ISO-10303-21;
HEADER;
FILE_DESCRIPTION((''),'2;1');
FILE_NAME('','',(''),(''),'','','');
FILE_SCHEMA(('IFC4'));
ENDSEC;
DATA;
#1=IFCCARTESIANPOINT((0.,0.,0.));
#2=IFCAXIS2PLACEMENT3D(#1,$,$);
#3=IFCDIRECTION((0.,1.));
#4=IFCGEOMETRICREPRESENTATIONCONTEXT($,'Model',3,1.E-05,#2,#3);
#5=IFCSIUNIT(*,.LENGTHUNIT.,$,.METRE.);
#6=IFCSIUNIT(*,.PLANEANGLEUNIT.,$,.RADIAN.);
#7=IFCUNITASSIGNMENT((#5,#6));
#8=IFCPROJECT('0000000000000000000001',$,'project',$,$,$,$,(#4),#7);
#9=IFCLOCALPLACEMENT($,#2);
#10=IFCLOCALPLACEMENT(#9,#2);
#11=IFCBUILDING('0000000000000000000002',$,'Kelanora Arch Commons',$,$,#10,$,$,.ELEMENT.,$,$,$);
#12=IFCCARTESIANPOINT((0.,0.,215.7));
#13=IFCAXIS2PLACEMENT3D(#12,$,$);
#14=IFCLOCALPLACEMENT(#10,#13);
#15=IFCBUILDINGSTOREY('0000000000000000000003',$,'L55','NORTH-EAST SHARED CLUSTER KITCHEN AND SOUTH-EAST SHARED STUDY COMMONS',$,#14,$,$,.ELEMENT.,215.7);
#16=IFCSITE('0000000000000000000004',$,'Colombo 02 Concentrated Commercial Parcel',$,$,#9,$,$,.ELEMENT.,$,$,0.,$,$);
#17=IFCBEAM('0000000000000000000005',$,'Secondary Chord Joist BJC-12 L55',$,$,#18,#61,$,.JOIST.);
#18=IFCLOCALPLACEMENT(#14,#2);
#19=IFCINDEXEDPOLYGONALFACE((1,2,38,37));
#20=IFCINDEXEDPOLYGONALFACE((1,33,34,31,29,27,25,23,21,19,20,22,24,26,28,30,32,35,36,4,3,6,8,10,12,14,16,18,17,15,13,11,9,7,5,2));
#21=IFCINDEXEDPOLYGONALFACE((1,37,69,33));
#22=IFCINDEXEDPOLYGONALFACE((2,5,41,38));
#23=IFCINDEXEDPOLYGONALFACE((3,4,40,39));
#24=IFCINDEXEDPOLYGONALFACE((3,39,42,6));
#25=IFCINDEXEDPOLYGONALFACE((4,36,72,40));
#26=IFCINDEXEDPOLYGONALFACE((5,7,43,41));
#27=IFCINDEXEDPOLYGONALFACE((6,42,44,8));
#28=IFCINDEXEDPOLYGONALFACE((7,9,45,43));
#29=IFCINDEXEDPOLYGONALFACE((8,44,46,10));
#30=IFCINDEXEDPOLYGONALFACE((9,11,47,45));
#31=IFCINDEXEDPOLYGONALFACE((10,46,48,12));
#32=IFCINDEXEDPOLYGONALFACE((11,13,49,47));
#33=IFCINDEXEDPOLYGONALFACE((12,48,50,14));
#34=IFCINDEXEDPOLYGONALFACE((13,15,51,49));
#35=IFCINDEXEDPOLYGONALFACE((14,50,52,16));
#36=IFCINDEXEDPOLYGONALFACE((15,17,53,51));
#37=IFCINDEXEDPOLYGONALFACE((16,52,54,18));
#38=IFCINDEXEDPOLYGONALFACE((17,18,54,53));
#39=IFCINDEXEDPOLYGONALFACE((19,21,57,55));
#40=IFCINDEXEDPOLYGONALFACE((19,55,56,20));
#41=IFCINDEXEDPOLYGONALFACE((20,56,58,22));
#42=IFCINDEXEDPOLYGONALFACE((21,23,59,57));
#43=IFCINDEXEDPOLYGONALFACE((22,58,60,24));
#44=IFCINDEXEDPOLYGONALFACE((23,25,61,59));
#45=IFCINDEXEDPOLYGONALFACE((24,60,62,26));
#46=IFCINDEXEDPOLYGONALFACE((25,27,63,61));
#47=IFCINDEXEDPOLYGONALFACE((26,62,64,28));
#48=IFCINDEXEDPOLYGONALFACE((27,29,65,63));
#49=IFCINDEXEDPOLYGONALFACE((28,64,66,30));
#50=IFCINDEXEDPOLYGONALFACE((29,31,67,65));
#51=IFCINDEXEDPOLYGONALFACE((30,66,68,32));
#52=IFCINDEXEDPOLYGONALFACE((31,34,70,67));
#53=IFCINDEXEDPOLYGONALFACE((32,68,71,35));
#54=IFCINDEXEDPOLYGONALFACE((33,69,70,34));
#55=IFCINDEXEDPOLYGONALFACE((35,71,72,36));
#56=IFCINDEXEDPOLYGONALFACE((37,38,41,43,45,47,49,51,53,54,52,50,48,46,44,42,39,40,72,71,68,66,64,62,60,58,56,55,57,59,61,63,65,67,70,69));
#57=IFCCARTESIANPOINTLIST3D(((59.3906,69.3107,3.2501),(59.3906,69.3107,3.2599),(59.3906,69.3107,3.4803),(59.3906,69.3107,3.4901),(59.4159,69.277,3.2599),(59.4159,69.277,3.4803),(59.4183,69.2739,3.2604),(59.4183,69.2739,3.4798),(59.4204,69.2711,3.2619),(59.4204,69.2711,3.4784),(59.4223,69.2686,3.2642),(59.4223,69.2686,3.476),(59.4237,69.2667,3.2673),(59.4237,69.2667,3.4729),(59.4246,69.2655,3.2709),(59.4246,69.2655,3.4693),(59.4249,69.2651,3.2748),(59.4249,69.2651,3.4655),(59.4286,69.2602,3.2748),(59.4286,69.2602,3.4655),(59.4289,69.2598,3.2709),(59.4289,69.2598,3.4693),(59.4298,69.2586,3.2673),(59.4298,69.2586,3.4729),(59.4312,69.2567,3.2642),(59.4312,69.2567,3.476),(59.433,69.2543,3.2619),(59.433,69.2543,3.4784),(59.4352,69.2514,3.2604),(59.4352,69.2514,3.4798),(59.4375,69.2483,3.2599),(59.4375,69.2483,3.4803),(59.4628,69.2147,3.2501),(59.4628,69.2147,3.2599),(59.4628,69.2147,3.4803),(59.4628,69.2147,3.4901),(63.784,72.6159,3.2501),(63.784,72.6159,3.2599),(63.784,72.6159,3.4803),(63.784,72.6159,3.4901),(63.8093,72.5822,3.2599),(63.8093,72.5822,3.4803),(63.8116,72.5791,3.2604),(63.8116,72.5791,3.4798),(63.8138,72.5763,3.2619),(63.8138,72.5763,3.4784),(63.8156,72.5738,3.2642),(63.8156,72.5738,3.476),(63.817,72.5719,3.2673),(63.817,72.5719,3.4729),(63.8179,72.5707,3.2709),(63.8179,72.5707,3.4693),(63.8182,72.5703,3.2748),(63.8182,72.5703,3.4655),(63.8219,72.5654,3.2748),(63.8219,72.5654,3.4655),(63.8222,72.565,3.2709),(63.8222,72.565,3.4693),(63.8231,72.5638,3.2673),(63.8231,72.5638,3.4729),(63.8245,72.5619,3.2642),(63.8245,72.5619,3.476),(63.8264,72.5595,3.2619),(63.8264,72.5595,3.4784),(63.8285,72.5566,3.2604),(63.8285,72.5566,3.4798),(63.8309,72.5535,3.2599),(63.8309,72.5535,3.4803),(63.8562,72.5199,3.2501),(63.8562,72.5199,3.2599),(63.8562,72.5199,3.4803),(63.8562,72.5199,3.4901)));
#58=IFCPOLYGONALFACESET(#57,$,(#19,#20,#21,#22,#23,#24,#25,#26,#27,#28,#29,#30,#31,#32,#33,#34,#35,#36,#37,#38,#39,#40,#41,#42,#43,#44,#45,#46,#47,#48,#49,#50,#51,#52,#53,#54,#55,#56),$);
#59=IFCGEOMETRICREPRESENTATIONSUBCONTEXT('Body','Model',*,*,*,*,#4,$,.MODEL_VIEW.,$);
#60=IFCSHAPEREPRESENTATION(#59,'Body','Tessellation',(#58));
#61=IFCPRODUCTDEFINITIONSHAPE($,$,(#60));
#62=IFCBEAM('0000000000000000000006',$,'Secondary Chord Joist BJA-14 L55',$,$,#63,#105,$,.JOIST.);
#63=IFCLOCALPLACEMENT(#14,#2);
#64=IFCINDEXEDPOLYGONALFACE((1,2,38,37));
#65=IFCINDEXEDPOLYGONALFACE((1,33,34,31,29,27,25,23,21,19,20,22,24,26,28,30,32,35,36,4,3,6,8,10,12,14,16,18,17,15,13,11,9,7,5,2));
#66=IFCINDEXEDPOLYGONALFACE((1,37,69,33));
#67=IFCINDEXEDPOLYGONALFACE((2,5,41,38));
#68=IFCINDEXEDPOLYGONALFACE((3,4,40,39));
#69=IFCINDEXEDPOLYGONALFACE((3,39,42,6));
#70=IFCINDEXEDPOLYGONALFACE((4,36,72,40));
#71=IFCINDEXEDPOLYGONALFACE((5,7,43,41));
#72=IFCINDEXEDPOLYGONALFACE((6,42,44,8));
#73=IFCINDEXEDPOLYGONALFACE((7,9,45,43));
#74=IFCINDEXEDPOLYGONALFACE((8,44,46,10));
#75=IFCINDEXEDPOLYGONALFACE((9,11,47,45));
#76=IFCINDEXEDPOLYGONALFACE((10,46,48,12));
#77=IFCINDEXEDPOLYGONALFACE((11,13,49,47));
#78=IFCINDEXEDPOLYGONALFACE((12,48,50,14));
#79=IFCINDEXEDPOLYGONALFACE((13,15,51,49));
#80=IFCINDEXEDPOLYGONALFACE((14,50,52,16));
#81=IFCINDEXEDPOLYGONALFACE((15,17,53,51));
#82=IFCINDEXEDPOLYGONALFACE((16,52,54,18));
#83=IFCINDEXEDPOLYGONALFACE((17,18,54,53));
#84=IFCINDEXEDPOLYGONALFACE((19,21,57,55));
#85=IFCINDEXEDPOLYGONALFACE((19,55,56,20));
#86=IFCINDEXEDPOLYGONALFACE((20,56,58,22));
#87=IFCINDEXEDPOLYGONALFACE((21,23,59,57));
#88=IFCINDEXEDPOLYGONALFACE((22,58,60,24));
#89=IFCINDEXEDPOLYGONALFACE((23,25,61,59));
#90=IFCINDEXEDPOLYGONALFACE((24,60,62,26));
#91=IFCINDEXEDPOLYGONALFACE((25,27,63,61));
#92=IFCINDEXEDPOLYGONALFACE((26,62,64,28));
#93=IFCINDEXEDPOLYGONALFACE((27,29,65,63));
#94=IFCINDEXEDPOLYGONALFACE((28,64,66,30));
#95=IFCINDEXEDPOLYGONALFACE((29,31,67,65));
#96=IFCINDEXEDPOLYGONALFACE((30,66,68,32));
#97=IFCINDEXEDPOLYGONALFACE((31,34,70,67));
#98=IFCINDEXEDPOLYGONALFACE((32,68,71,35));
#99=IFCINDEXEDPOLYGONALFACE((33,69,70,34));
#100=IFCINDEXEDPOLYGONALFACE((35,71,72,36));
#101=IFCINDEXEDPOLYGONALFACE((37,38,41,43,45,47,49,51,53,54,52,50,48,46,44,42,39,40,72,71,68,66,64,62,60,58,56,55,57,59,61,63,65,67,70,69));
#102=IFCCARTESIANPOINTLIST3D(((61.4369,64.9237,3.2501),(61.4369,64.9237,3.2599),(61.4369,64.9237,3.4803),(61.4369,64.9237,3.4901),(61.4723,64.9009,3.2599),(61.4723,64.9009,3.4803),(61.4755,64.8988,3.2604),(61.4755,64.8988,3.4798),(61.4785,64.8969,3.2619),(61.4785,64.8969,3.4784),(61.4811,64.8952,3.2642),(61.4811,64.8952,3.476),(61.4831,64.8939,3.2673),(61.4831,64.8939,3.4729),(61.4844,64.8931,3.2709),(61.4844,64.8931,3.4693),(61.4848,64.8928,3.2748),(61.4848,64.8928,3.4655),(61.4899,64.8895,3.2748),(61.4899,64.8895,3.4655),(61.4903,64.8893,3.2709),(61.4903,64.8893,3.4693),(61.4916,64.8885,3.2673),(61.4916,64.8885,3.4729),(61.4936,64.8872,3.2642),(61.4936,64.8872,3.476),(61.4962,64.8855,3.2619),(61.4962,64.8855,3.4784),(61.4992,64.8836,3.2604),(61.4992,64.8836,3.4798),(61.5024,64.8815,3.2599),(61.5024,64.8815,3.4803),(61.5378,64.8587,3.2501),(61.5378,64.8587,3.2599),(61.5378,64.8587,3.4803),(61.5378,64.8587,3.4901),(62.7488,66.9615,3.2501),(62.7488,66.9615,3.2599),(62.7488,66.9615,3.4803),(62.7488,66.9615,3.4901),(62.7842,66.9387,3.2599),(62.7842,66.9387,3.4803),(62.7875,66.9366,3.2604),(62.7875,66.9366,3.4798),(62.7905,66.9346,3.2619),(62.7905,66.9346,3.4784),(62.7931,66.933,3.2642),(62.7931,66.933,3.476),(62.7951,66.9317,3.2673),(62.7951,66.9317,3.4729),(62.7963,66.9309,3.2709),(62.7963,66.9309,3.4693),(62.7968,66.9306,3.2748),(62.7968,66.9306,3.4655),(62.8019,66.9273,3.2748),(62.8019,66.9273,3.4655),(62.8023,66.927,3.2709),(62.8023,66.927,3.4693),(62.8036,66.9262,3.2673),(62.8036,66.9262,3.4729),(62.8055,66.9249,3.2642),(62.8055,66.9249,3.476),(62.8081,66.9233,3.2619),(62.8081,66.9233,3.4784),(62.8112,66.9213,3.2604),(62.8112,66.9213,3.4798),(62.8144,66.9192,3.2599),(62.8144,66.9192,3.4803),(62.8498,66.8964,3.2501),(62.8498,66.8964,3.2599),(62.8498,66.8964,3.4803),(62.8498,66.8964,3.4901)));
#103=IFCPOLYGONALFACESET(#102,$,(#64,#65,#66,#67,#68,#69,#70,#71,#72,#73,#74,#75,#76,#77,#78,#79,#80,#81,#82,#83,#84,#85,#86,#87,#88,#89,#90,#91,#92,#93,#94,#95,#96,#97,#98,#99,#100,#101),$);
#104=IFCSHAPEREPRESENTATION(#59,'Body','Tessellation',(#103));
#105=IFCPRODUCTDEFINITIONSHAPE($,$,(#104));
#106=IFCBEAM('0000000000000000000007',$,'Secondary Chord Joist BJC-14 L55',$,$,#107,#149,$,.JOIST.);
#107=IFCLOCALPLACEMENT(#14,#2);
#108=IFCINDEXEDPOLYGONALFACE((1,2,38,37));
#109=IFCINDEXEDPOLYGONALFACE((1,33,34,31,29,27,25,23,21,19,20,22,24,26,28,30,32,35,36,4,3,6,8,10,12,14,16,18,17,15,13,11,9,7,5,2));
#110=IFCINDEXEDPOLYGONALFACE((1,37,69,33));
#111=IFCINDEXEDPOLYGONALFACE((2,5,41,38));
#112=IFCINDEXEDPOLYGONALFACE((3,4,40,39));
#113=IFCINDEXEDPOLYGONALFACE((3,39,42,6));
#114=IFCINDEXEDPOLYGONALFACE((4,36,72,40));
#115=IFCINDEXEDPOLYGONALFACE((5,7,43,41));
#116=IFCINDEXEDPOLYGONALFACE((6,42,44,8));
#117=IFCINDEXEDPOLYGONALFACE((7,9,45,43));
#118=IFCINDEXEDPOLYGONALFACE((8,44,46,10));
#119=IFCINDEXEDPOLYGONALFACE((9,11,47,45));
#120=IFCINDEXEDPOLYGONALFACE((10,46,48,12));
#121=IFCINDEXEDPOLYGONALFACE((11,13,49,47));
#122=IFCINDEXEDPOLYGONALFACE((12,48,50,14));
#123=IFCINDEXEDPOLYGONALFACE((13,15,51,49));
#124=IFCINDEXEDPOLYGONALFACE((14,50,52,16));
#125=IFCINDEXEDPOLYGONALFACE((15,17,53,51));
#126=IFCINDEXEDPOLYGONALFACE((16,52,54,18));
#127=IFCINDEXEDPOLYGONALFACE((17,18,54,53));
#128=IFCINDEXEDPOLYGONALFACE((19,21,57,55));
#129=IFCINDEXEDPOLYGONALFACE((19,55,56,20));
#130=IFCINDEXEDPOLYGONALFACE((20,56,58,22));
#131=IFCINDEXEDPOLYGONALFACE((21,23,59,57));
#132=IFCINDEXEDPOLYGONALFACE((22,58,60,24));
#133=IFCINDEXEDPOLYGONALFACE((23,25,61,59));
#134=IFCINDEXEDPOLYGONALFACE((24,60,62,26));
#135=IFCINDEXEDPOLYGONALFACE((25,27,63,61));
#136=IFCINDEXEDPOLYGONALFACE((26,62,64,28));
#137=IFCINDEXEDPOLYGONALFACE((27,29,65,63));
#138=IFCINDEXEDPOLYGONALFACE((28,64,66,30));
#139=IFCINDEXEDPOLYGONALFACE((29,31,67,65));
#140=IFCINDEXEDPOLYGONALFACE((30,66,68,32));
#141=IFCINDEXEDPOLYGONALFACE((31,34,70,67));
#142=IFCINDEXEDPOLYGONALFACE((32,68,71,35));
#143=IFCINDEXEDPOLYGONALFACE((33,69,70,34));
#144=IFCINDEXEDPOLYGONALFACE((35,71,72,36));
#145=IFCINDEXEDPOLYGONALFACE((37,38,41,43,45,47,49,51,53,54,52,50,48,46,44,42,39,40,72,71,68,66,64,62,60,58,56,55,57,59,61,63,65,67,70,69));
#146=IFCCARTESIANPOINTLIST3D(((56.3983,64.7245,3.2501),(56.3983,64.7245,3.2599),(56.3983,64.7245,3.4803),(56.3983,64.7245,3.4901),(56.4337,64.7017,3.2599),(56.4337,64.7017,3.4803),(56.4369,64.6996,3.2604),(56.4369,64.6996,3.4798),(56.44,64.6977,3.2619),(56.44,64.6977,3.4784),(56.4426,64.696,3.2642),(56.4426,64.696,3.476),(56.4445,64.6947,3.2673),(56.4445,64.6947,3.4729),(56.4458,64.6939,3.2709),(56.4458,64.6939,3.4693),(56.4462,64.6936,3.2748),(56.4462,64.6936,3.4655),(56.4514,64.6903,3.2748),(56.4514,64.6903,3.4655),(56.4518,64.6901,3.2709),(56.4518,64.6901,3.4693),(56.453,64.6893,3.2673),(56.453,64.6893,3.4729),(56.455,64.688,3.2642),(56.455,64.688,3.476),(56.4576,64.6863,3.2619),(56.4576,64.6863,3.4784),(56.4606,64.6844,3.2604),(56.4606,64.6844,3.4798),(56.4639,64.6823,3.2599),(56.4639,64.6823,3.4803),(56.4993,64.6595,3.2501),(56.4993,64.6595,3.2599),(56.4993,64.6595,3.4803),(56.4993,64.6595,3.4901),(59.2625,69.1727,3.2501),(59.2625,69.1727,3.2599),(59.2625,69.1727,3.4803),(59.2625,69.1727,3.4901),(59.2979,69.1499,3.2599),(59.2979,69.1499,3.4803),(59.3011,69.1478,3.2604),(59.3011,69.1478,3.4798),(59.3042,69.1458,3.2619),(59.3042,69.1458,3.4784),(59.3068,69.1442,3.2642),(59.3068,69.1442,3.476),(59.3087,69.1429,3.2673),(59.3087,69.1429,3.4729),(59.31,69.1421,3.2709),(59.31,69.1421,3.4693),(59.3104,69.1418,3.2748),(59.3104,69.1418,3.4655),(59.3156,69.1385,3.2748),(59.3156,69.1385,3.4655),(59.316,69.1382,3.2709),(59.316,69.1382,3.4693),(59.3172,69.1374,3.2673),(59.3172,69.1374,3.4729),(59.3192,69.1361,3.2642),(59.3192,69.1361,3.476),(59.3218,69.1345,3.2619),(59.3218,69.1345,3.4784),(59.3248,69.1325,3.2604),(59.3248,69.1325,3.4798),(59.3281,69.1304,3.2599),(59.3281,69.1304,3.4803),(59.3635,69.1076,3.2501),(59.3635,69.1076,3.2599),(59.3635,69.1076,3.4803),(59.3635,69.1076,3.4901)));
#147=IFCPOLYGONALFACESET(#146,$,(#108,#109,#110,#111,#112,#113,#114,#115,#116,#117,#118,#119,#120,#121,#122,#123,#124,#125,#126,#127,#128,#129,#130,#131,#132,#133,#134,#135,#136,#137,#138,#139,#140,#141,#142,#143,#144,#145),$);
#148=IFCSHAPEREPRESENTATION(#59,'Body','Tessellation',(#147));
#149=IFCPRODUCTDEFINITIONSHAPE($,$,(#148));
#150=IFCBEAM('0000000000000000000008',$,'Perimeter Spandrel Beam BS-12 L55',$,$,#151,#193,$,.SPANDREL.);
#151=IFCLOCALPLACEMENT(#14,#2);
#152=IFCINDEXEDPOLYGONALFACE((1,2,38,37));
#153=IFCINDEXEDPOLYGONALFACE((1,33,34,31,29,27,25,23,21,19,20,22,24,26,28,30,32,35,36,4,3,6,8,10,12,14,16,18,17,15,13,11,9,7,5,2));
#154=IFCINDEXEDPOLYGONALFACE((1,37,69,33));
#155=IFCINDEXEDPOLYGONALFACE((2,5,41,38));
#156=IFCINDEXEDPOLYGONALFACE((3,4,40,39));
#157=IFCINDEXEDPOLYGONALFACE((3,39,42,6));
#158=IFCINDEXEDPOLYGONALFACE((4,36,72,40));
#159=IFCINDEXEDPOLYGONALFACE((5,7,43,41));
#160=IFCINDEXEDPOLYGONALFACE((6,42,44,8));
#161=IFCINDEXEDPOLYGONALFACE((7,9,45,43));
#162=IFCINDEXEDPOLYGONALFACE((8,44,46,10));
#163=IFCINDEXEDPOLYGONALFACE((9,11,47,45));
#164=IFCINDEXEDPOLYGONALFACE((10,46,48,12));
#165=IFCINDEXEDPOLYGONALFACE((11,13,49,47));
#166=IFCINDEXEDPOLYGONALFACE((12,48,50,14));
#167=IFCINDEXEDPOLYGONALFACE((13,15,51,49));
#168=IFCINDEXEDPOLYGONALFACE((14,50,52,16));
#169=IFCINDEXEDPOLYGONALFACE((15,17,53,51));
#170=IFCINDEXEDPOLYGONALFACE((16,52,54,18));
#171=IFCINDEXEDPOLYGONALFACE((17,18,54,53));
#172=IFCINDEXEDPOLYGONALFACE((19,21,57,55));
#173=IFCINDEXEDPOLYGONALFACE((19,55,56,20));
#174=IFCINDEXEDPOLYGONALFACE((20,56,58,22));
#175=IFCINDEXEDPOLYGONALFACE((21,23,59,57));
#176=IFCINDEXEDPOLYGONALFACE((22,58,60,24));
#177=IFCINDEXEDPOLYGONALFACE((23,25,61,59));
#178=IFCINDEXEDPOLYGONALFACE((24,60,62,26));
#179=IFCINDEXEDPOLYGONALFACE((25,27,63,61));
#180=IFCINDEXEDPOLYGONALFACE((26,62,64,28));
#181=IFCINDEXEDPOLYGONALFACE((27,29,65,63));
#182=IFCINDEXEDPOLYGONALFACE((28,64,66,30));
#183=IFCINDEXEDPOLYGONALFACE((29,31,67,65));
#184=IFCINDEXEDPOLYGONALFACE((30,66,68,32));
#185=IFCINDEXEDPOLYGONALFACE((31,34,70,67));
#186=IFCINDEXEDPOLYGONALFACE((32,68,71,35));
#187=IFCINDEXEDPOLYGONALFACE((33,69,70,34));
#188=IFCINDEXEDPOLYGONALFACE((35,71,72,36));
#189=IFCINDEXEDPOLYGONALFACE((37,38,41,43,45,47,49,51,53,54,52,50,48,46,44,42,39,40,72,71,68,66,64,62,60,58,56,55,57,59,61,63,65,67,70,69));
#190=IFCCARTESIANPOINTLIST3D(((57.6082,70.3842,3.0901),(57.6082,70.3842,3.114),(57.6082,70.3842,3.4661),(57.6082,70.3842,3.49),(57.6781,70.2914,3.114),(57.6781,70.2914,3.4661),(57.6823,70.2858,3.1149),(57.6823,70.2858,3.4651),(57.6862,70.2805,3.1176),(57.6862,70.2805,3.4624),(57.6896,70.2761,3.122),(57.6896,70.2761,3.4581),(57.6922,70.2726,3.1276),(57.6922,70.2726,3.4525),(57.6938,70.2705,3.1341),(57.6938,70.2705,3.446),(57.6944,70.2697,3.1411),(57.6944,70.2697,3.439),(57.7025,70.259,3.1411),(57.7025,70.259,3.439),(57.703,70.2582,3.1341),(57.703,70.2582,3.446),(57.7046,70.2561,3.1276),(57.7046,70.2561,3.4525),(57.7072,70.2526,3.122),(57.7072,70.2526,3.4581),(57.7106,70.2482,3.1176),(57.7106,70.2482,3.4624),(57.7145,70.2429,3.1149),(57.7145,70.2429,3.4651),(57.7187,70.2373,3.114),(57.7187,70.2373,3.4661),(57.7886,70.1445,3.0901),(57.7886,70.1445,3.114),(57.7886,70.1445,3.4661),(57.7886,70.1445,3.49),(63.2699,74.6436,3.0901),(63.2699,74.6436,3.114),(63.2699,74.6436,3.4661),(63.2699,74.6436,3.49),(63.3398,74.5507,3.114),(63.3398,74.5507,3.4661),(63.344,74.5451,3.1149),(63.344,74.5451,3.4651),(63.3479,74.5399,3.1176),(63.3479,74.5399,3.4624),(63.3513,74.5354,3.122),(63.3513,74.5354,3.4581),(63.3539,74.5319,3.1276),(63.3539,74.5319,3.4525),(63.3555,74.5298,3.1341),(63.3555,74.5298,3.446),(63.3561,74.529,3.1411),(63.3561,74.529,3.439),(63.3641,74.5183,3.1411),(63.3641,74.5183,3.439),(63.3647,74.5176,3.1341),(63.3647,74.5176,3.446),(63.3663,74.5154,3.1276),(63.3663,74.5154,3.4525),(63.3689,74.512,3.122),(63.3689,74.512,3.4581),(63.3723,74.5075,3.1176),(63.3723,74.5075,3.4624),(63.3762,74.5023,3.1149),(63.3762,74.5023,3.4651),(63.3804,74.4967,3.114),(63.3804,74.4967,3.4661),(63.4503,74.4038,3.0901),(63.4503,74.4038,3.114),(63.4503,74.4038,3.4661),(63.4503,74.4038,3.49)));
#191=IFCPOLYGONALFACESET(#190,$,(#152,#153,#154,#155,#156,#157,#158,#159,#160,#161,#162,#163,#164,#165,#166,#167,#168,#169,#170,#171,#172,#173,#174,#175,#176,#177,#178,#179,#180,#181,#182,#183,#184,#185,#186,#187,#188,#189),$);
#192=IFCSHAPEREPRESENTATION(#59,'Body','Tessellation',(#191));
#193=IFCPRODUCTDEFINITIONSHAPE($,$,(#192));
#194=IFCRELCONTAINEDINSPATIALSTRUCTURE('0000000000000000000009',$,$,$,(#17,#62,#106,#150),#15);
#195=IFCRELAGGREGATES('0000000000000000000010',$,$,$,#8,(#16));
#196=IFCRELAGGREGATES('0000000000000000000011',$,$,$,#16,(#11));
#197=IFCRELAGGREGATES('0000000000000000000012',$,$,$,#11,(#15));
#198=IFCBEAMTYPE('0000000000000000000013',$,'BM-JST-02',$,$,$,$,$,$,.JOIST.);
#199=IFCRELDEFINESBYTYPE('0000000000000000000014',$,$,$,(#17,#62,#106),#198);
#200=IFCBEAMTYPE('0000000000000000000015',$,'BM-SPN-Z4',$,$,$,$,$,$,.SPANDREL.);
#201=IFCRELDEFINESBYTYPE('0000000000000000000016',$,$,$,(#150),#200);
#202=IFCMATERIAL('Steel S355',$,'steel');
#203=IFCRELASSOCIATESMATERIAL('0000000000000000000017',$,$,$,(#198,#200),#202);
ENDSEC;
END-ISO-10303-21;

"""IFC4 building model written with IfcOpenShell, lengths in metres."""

from ifc_helpers import new_model, si_unit, direction, frame, origin, origin_2d, place, context, subcontext, project, spatial, i_section, extrude, material, material_profile, profile_set, type_object, element, save


model = new_model("IFC4")

# Units and contexts
model_context = context("Model", 3, precision=1e-05, world=origin(), true_north=direction((0.0, 1.0)))
body_context = subcontext(model_context, "Body", "Model", "MODEL_VIEW")
ifc_project = project(units=[si_unit("LENGTHUNIT", "METRE"), si_unit("PLANEANGLEUNIT", "RADIAN")], contexts=[model_context])

# Site, building, storey
site_placement = place(None, origin())
site = spatial("IfcSite", under=ifc_project, at=site_placement, Name="Colombo 02 Concentrated Commercial Parcel", CompositionType="ELEMENT", RefElevation=0.0)
building_placement = place(site_placement, origin())
building = spatial("IfcBuilding", under=site, at=building_placement, Name="Kelanora Arch Commons", CompositionType="ELEMENT")
storey_placement = place(building_placement, frame((0.0, 0.0, 215.7)))
storey = spatial("IfcBuildingStorey", under=building, at=storey_placement, Name="L55", Description="NORTH-EAST SHARED CLUSTER KITCHEN AND SOUTH-EAST SHARED STUDY COMMONS", CompositionType="ELEMENT", Elevation=215.7)

# Beams
ifc_material_1 = material(Name="Steel S355", Category="steel")
ifc_material_profile_1 = material_profile(ifc_material_1, i_section(OverallWidth=0.1201, OverallDepth=0.24, WebThickness=0.0061, FlangeThickness=0.0098, FilletRadius=0.0149, at=origin_2d()), Name="IPE240")
ifc_profile_set_1 = profile_set([ifc_material_profile_1], Name="Steel S355")
beam_type_1 = type_object("IfcBeamType", Name="BM-JST-02", PredefinedType="JOIST", material=ifc_profile_set_1)
beam_1_placement = place(storey_placement, frame((63.8201, 72.5679, 3.3701), z_axis=(-0.799109, -0.601186, 0.0), x_axis=(0.601186, -0.799109, 0.0)))
element("IfcBeam", 1, at=beam_1_placement, inside=storey, type_object=beam_type_1, Name="Secondary Chord Joist BJC-12 L55", PredefinedType="JOIST", context=body_context, shape_type="SweptSolid", body=[
    extrude(i_section(OverallWidth=0.1201, OverallDepth=0.24, WebThickness=0.0061, FlangeThickness=0.0098, FilletRadius=0.0149, at=origin_2d()), origin(), (0.0, 0.0, 1.0), 5.4978),
])
beam_2_placement = place(storey_placement, frame((62.7993, 66.929, 3.3701), z_axis=(-0.541333, -0.840808, 0.0), x_axis=(0.840808, -0.541333, 0.0)))
element("IfcBeam", 2, at=beam_2_placement, inside=storey, type_object=beam_type_1, Name="Secondary Chord Joist BJA-14 L55", PredefinedType="JOIST", context=body_context, shape_type="SweptSolid", body=[
    extrude(i_section(OverallWidth=0.1201, OverallDepth=0.24, WebThickness=0.0061, FlangeThickness=0.0098, FilletRadius=0.0149, at=origin_2d()), origin(), (0.0, 0.0, 1.0), 2.4236),
])
beam_3_placement = place(storey_placement, frame((59.313, 69.1401, 3.3701), z_axis=(-0.541382, -0.840776, 0.0), x_axis=(0.840776, -0.541382, 0.0)))
element("IfcBeam", 3, at=beam_3_placement, inside=storey, type_object=beam_type_1, Name="Secondary Chord Joist BJC-14 L55", PredefinedType="JOIST", context=body_context, shape_type="SweptSolid", body=[
    extrude(i_section(OverallWidth=0.1201, OverallDepth=0.24, WebThickness=0.0061, FlangeThickness=0.0098, FilletRadius=0.0149, at=origin_2d()), origin(), (0.0, 0.0, 1.0), 5.2905),
])
ifc_material_profile_2 = material_profile(ifc_material_1, i_section(OverallWidth=0.3, OverallDepth=0.3999, WebThickness=0.0134, FlangeThickness=0.0239, FilletRadius=0.0271, at=origin_2d()), Name="HEB400")
ifc_profile_set_2 = profile_set([ifc_material_profile_2], Name="Steel S355")
beam_type_2 = type_object("IfcBeamType", Name="BM-SPN-Z4", PredefinedType="SPANDREL", material=ifc_profile_set_2)
beam_4_placement = place(storey_placement, frame((63.3601, 74.5237, 3.29), z_axis=(-0.799114, -0.601179, 0.0), x_axis=(0.601179, -0.799114, 0.0)))
element("IfcBeam", 4, at=beam_4_placement, inside=storey, type_object=beam_type_2, Name="Perimeter Spandrel Beam BS-12 L55", PredefinedType="SPANDREL", context=body_context, shape_type="SweptSolid", body=[
    extrude(i_section(OverallWidth=0.3, OverallDepth=0.3999, WebThickness=0.0134, FlangeThickness=0.0239, FilletRadius=0.0271, at=origin_2d()), origin(), (0.0, 0.0, 1.0), 7.085),
])

save(model, "model.ifc")
